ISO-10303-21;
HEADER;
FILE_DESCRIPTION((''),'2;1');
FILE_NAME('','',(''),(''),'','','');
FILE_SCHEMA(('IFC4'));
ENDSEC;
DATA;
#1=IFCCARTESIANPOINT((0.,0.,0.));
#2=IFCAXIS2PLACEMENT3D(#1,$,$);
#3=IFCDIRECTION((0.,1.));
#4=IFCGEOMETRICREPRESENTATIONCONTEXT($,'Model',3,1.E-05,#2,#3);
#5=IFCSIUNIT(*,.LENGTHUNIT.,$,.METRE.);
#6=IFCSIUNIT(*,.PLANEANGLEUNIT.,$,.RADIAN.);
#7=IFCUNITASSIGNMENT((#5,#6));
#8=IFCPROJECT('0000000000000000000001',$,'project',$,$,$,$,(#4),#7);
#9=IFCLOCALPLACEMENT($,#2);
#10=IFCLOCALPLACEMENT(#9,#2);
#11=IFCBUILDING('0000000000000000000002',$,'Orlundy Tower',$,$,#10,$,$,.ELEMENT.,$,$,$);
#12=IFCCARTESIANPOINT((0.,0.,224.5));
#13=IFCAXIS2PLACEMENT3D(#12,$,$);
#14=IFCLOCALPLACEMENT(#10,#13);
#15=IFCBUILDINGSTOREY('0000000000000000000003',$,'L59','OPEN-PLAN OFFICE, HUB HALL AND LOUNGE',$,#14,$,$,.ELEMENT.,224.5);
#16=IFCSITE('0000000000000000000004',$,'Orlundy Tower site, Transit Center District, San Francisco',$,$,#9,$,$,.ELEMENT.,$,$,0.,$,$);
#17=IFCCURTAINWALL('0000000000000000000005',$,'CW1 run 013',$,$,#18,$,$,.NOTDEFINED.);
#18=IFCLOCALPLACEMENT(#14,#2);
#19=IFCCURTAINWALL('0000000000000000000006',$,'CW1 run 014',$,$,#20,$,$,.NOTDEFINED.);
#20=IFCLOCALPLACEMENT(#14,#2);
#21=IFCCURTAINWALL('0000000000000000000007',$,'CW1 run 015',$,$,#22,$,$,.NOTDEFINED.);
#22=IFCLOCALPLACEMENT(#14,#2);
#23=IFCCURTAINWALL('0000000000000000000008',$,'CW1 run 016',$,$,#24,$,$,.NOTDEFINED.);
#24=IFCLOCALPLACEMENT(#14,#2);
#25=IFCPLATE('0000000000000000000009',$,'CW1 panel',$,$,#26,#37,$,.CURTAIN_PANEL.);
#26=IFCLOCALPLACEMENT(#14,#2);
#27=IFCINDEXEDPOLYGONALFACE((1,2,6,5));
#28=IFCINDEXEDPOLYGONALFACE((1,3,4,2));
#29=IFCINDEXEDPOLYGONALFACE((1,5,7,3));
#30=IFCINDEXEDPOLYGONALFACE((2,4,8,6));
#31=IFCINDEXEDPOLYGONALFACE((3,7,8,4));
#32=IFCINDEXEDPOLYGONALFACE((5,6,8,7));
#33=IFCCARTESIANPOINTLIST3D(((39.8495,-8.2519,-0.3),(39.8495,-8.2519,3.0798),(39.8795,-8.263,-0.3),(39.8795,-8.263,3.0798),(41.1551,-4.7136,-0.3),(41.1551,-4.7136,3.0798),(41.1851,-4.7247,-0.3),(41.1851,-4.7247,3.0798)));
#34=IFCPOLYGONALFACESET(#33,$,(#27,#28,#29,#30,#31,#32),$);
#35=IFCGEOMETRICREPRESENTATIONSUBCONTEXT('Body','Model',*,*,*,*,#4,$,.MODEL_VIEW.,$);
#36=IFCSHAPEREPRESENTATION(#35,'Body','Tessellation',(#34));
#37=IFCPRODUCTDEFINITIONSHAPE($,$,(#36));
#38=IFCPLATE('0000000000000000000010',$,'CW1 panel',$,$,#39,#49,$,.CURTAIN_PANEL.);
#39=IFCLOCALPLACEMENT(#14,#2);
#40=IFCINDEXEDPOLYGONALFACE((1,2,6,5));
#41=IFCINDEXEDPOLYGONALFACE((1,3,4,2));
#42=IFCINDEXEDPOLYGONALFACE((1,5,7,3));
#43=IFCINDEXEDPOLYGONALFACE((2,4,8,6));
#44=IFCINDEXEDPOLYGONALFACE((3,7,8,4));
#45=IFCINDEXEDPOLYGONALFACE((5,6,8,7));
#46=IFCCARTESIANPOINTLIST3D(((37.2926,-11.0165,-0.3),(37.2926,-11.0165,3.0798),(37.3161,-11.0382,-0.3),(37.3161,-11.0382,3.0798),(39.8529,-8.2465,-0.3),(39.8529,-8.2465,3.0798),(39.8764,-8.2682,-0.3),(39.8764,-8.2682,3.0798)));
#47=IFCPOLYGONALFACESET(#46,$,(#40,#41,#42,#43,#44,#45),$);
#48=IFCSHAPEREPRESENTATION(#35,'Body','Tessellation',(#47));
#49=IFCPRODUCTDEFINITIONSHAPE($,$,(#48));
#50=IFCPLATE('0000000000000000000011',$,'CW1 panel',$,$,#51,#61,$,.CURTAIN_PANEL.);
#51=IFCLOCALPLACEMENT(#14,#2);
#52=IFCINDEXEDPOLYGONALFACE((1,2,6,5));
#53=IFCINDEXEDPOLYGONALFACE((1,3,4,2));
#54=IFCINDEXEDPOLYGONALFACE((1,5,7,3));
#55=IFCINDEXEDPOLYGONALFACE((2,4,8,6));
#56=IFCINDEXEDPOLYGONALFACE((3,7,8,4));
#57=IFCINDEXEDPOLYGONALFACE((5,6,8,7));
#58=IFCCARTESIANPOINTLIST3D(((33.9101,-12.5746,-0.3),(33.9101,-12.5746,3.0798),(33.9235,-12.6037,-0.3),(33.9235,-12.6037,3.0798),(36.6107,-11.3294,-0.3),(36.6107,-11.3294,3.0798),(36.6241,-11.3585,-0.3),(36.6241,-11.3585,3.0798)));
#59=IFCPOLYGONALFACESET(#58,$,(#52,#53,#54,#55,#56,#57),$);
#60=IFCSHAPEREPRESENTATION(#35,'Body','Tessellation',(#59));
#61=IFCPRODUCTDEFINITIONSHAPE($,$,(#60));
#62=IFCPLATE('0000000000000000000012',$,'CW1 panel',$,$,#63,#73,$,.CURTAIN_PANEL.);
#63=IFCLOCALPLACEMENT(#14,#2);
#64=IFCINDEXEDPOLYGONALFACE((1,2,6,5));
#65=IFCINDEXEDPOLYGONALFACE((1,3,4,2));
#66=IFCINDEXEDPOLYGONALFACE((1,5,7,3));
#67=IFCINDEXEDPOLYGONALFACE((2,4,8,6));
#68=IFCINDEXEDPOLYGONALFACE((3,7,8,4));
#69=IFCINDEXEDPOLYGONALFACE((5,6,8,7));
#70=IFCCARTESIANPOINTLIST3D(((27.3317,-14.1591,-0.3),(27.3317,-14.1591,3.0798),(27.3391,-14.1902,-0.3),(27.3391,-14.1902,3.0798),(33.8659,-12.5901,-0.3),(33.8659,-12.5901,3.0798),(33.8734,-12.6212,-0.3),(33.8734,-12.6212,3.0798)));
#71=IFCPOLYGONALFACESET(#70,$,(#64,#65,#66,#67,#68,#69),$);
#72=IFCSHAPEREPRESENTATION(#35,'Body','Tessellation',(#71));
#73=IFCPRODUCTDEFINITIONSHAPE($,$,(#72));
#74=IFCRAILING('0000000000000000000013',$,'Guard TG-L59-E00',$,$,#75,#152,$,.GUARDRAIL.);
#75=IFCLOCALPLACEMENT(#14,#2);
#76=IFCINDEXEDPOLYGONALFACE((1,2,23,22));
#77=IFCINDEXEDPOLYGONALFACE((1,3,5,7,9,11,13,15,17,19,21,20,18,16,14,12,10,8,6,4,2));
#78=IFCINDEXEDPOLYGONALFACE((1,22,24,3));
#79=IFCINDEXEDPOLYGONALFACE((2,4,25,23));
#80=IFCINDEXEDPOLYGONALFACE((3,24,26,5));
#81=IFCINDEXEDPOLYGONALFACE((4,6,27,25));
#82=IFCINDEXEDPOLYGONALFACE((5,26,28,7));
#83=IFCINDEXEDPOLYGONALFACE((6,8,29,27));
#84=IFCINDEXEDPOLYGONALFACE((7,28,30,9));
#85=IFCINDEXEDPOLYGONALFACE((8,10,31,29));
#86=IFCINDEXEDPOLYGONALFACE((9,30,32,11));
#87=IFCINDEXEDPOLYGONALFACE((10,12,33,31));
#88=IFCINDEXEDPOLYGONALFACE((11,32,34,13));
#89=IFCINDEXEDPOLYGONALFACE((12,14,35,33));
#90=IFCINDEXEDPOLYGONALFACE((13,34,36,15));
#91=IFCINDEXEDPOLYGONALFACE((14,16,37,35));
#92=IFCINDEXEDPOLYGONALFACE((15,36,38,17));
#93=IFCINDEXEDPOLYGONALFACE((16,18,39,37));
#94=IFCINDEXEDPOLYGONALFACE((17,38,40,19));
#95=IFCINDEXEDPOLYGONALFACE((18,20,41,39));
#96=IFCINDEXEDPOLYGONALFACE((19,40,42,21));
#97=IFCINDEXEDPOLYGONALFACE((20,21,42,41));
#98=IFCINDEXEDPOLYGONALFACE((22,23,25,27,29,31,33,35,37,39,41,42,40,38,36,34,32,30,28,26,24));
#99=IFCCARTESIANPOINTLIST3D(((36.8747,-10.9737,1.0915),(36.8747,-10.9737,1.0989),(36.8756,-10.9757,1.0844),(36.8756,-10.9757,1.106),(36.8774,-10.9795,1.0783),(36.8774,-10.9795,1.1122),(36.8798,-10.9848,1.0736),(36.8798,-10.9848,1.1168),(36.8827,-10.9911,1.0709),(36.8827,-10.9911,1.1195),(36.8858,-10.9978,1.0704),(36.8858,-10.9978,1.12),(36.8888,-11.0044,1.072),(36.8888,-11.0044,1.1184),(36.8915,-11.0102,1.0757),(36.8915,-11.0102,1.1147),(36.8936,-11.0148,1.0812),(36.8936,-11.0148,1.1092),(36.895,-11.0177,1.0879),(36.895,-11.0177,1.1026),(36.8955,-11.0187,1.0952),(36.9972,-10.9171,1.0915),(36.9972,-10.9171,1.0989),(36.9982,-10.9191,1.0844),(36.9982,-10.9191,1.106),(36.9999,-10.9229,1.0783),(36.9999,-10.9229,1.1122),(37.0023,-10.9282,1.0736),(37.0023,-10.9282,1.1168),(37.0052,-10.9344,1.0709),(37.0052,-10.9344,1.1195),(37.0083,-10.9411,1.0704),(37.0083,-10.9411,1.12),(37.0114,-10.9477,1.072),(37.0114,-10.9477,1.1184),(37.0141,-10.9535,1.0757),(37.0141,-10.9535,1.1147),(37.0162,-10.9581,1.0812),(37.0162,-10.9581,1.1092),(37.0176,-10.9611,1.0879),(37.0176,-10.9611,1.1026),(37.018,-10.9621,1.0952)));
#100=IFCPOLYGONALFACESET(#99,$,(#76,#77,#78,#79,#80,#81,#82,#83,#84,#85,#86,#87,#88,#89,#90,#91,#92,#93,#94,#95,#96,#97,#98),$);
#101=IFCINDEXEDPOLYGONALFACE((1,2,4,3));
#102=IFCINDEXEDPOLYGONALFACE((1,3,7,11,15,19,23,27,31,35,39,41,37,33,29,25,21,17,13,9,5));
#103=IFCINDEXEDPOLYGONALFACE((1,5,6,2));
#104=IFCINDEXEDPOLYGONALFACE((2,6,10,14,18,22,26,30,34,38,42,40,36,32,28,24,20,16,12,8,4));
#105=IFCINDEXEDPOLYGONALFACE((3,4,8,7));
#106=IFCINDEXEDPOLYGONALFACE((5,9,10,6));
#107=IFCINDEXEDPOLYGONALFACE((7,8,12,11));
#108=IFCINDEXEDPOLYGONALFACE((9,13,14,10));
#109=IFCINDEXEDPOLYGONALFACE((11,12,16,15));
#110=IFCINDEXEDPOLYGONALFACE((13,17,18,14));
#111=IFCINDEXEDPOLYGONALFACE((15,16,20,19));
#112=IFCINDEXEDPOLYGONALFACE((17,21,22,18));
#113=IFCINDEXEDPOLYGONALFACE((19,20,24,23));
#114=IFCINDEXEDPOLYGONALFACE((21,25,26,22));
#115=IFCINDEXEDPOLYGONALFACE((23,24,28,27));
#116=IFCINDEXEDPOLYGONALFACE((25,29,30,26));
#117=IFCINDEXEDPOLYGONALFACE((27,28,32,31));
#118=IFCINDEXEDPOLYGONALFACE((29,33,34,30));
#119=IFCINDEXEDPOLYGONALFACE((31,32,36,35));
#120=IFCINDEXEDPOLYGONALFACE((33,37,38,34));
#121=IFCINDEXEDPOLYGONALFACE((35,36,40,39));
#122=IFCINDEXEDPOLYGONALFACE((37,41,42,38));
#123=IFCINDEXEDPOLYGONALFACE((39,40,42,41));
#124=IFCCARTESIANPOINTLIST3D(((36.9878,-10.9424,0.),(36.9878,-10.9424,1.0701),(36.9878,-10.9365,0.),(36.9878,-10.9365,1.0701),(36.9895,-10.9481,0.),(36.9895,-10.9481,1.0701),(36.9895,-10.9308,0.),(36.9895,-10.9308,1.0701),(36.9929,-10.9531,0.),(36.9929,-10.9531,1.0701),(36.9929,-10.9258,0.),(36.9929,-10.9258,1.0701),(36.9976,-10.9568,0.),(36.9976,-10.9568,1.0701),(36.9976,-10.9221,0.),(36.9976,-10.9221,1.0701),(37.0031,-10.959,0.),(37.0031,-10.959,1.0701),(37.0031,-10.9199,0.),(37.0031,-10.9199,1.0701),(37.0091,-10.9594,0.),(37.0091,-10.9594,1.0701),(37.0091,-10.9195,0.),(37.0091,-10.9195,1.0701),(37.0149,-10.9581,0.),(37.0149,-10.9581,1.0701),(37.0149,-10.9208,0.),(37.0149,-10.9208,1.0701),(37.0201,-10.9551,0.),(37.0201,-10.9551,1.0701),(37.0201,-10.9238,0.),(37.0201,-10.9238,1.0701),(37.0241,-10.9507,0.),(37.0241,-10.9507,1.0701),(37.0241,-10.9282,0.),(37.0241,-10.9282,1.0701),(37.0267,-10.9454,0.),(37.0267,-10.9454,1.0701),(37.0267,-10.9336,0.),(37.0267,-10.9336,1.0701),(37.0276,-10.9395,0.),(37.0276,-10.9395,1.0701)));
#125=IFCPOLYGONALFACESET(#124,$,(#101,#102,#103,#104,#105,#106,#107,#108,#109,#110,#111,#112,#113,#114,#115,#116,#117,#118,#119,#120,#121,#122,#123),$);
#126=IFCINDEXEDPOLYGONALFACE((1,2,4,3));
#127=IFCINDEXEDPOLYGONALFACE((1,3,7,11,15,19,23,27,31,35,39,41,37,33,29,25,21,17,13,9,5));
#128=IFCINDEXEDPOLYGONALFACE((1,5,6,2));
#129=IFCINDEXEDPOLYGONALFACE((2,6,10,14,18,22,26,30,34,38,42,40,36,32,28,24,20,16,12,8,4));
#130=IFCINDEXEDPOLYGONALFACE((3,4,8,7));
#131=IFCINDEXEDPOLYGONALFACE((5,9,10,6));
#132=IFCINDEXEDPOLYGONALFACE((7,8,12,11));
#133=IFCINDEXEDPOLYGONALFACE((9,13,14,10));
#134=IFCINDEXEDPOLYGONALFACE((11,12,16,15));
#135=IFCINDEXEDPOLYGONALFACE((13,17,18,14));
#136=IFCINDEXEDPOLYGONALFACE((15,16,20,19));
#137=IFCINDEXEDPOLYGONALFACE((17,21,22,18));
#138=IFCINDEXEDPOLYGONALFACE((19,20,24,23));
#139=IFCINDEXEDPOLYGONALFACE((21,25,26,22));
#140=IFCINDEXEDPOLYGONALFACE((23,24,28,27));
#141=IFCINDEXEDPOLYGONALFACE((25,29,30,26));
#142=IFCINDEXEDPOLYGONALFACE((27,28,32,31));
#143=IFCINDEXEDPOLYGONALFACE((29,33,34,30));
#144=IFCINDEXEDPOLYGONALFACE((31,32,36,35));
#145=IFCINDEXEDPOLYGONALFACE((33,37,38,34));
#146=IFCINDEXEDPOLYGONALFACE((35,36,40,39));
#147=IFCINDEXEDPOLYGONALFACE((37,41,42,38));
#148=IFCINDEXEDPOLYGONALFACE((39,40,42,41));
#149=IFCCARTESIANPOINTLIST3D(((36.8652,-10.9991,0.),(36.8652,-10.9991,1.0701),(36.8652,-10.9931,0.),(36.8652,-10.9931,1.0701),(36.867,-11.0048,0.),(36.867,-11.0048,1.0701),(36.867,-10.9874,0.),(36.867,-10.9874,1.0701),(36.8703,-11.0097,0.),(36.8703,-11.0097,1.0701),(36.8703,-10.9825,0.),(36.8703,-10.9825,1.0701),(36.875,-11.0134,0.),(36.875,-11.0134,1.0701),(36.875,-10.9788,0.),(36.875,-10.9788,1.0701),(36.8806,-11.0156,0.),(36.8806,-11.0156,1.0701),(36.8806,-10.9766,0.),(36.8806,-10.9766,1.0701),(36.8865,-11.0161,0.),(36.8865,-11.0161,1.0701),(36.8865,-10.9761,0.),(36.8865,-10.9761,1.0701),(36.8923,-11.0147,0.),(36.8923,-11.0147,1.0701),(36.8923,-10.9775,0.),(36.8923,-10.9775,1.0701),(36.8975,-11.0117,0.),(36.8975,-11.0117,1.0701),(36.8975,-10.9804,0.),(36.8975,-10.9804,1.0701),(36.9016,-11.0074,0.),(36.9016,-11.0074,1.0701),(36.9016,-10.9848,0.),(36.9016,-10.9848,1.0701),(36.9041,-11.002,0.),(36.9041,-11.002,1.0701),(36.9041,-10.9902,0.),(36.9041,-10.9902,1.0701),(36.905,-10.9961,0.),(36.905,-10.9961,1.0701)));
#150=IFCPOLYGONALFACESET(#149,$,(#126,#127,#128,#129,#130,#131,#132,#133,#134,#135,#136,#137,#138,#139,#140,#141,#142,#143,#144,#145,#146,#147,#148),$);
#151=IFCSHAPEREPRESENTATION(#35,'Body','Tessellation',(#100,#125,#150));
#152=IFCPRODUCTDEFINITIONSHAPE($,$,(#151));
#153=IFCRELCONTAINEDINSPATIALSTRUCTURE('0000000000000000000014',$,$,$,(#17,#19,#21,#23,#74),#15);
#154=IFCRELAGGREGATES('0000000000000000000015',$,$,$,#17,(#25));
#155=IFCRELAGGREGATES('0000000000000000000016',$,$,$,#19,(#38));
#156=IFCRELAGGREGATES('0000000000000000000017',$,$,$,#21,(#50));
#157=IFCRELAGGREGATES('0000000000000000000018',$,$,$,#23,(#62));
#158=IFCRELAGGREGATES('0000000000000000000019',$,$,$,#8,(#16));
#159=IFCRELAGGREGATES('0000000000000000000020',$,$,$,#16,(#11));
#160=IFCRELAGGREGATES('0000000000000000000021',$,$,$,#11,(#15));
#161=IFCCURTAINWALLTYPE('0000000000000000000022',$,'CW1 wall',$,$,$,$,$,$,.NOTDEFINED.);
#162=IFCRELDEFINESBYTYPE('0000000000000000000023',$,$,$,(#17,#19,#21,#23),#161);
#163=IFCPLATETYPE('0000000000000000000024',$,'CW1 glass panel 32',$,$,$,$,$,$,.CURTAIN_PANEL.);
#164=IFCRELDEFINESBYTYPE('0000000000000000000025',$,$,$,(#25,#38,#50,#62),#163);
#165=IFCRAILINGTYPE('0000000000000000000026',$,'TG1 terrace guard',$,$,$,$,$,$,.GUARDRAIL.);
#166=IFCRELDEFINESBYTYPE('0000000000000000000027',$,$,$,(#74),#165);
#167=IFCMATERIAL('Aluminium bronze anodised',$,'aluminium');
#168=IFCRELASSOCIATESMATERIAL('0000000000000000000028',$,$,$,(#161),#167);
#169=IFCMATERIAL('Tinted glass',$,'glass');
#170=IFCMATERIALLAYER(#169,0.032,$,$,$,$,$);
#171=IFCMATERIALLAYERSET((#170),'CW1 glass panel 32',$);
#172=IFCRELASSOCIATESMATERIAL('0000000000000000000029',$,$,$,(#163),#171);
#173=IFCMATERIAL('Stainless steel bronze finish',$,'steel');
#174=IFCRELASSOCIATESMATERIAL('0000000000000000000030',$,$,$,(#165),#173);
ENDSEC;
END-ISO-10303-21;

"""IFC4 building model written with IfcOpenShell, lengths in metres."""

from ifc_helpers import new_model, si_unit, direction, frame, origin, origin_2d, place, context, subcontext, project, spatial, rectangle, circle, extrude, material, layer, layer_set, type_object, element, aggregate, save


model = new_model("IFC4")

# Units and contexts
model_context = context("Model", 3, precision=1e-05, world=origin(), true_north=direction((0.0, 1.0)))
body_context = subcontext(model_context, "Body", "Model", "MODEL_VIEW")
ifc_project = project(units=[si_unit("LENGTHUNIT", "METRE"), si_unit("PLANEANGLEUNIT", "RADIAN")], contexts=[model_context])

# Site, building, storey
site_placement = place(None, origin())
site = spatial("IfcSite", under=ifc_project, at=site_placement, Name="Orlundy Tower site, Transit Center District, San Francisco", CompositionType="ELEMENT", RefElevation=0.0)
building_placement = place(site_placement, origin())
building = spatial("IfcBuilding", under=site, at=building_placement, Name="Orlundy Tower", CompositionType="ELEMENT")
storey_placement = place(building_placement, frame((0.0, 0.0, 224.5)))
storey = spatial("IfcBuildingStorey", under=building, at=storey_placement, Name="L59", Description="OPEN-PLAN OFFICE, HUB HALL AND LOUNGE", CompositionType="ELEMENT", Elevation=224.5)

# Curtain walls
ifc_material_1 = material(Name="Aluminium bronze anodised", Category="aluminium")
curtain_wall_type = type_object("IfcCurtainWallType", Name="CW1 wall", PredefinedType="NOTDEFINED", material=ifc_material_1)
curtain_wall_1_placement = place(storey_placement, origin())
curtain_wall_1 = element("IfcCurtainWall", 1, at=curtain_wall_1_placement, inside=storey, type_object=curtain_wall_type, Name="CW1 run 013", PredefinedType="NOTDEFINED")
curtain_wall_2_placement = place(storey_placement, origin())
curtain_wall_2 = element("IfcCurtainWall", 2, at=curtain_wall_2_placement, inside=storey, type_object=curtain_wall_type, Name="CW1 run 014", PredefinedType="NOTDEFINED")
curtain_wall_3_placement = place(storey_placement, origin())
curtain_wall_3 = element("IfcCurtainWall", 3, at=curtain_wall_3_placement, inside=storey, type_object=curtain_wall_type, Name="CW1 run 015", PredefinedType="NOTDEFINED")
curtain_wall_4_placement = place(storey_placement, origin())
curtain_wall_4 = element("IfcCurtainWall", 4, at=curtain_wall_4_placement, inside=storey, type_object=curtain_wall_type, Name="CW1 run 016", PredefinedType="NOTDEFINED")

# Shared definitions
ifc_material_2 = material(Name="Tinted glass", Category="glass")
ifc_layer = layer(ifc_material_2, 0.032)
ifc_layer_set = layer_set([ifc_layer], Name="CW1 glass panel 32")
plate_type = type_object("IfcPlateType", Name="CW1 glass panel 32", PredefinedType="CURTAIN_PANEL", material=ifc_layer_set)

# Plates
plate_1_placement = place(storey_placement, frame((40.5173, -6.4883, -0.3), z_axis=(0.0, 0.0, 1.0), x_axis=(-0.34618, -0.938168, 0.0)))
plate_1 = element("IfcPlate", 5, at=plate_1_placement, type_object=plate_type, Name="CW1 panel", PredefinedType="CURTAIN_PANEL", context=body_context, shape_type="SweptSolid", body=[
    extrude(rectangle(XDim=3.7715, YDim=0.032, at=origin_2d()), origin(), (0.0, 0.0, 1.0), 3.3799),
])
aggregate(curtain_wall_1, [plate_1])
plate_2_placement = place(storey_placement, frame((38.5845, -9.6423, -0.3), z_axis=(0.0, 0.0, 1.0), x_axis=(-0.678773, -0.734348, 0.0)))
plate_2 = element("IfcPlate", 6, at=plate_2_placement, type_object=plate_type, Name="CW1 panel", PredefinedType="CURTAIN_PANEL", context=body_context, shape_type="SweptSolid", body=[
    extrude(rectangle(XDim=3.772, YDim=0.032, at=origin_2d()), origin(), (0.0, 0.0, 1.0), 3.3799),
])
aggregate(curtain_wall_2, [plate_2])
plate_3_placement = place(storey_placement, frame((35.2671, -11.9666, -0.3), z_axis=(0.0, 0.0, 1.0), x_axis=(-0.908117, -0.418716, 0.0)))
plate_3 = element("IfcPlate", 7, at=plate_3_placement, type_object=plate_type, Name="CW1 panel", PredefinedType="CURTAIN_PANEL", context=body_context, shape_type="SweptSolid", body=[
    extrude(rectangle(XDim=2.9739, YDim=0.032, at=origin_2d()), origin(), (0.0, 0.0, 1.0), 3.3799),
])
aggregate(curtain_wall_3, [plate_3])
plate_4_placement = place(storey_placement, frame((30.6025, -13.3901, -0.3), z_axis=(0.0, 0.0, 1.0), x_axis=(-0.972363, -0.233473, 0.0)))
plate_4 = element("IfcPlate", 8, at=plate_4_placement, type_object=plate_type, Name="CW1 panel", PredefinedType="CURTAIN_PANEL", context=body_context, shape_type="SweptSolid", body=[
    extrude(rectangle(XDim=6.72, YDim=0.032, at=origin_2d()), origin(), (0.0, 0.0, 1.0), 3.3799),
])
aggregate(curtain_wall_4, [plate_4])

# Railing
ifc_material_3 = material(Name="Stainless steel bronze finish", Category="steel")
railing_type = type_object("IfcRailingType", Name="TG1 terrace guard", PredefinedType="GUARDRAIL", material=ifc_material_3)
railing_placement = place(storey_placement, frame((37.0076, -10.9395, 0.0)))
element("IfcRailing", 9, at=railing_placement, inside=storey, type_object=railing_type, Name="Guard TG-L59-E00", PredefinedType="GUARDRAIL", context=body_context, shape_type="SweptSolid", body=[
    extrude(circle(Radius=0.0249, at=origin_2d()), frame((0.0, 0.0, 1.0952), z_axis=(-0.907748, -0.419517, 0.0), x_axis=(0.419517, -0.907748, 0.0)), (0.0, 0.0, 1.0), 0.135),
    extrude(circle(Radius=0.02, at=origin_2d()), origin(), (0.0, 0.0, 1.0), 1.0701),
    extrude(circle(Radius=0.02, at=origin_2d()), frame((-0.1226, -0.0566, 0.0)), (0.0, 0.0, 1.0), 1.0701),
])

save(model, "model.ifc")
